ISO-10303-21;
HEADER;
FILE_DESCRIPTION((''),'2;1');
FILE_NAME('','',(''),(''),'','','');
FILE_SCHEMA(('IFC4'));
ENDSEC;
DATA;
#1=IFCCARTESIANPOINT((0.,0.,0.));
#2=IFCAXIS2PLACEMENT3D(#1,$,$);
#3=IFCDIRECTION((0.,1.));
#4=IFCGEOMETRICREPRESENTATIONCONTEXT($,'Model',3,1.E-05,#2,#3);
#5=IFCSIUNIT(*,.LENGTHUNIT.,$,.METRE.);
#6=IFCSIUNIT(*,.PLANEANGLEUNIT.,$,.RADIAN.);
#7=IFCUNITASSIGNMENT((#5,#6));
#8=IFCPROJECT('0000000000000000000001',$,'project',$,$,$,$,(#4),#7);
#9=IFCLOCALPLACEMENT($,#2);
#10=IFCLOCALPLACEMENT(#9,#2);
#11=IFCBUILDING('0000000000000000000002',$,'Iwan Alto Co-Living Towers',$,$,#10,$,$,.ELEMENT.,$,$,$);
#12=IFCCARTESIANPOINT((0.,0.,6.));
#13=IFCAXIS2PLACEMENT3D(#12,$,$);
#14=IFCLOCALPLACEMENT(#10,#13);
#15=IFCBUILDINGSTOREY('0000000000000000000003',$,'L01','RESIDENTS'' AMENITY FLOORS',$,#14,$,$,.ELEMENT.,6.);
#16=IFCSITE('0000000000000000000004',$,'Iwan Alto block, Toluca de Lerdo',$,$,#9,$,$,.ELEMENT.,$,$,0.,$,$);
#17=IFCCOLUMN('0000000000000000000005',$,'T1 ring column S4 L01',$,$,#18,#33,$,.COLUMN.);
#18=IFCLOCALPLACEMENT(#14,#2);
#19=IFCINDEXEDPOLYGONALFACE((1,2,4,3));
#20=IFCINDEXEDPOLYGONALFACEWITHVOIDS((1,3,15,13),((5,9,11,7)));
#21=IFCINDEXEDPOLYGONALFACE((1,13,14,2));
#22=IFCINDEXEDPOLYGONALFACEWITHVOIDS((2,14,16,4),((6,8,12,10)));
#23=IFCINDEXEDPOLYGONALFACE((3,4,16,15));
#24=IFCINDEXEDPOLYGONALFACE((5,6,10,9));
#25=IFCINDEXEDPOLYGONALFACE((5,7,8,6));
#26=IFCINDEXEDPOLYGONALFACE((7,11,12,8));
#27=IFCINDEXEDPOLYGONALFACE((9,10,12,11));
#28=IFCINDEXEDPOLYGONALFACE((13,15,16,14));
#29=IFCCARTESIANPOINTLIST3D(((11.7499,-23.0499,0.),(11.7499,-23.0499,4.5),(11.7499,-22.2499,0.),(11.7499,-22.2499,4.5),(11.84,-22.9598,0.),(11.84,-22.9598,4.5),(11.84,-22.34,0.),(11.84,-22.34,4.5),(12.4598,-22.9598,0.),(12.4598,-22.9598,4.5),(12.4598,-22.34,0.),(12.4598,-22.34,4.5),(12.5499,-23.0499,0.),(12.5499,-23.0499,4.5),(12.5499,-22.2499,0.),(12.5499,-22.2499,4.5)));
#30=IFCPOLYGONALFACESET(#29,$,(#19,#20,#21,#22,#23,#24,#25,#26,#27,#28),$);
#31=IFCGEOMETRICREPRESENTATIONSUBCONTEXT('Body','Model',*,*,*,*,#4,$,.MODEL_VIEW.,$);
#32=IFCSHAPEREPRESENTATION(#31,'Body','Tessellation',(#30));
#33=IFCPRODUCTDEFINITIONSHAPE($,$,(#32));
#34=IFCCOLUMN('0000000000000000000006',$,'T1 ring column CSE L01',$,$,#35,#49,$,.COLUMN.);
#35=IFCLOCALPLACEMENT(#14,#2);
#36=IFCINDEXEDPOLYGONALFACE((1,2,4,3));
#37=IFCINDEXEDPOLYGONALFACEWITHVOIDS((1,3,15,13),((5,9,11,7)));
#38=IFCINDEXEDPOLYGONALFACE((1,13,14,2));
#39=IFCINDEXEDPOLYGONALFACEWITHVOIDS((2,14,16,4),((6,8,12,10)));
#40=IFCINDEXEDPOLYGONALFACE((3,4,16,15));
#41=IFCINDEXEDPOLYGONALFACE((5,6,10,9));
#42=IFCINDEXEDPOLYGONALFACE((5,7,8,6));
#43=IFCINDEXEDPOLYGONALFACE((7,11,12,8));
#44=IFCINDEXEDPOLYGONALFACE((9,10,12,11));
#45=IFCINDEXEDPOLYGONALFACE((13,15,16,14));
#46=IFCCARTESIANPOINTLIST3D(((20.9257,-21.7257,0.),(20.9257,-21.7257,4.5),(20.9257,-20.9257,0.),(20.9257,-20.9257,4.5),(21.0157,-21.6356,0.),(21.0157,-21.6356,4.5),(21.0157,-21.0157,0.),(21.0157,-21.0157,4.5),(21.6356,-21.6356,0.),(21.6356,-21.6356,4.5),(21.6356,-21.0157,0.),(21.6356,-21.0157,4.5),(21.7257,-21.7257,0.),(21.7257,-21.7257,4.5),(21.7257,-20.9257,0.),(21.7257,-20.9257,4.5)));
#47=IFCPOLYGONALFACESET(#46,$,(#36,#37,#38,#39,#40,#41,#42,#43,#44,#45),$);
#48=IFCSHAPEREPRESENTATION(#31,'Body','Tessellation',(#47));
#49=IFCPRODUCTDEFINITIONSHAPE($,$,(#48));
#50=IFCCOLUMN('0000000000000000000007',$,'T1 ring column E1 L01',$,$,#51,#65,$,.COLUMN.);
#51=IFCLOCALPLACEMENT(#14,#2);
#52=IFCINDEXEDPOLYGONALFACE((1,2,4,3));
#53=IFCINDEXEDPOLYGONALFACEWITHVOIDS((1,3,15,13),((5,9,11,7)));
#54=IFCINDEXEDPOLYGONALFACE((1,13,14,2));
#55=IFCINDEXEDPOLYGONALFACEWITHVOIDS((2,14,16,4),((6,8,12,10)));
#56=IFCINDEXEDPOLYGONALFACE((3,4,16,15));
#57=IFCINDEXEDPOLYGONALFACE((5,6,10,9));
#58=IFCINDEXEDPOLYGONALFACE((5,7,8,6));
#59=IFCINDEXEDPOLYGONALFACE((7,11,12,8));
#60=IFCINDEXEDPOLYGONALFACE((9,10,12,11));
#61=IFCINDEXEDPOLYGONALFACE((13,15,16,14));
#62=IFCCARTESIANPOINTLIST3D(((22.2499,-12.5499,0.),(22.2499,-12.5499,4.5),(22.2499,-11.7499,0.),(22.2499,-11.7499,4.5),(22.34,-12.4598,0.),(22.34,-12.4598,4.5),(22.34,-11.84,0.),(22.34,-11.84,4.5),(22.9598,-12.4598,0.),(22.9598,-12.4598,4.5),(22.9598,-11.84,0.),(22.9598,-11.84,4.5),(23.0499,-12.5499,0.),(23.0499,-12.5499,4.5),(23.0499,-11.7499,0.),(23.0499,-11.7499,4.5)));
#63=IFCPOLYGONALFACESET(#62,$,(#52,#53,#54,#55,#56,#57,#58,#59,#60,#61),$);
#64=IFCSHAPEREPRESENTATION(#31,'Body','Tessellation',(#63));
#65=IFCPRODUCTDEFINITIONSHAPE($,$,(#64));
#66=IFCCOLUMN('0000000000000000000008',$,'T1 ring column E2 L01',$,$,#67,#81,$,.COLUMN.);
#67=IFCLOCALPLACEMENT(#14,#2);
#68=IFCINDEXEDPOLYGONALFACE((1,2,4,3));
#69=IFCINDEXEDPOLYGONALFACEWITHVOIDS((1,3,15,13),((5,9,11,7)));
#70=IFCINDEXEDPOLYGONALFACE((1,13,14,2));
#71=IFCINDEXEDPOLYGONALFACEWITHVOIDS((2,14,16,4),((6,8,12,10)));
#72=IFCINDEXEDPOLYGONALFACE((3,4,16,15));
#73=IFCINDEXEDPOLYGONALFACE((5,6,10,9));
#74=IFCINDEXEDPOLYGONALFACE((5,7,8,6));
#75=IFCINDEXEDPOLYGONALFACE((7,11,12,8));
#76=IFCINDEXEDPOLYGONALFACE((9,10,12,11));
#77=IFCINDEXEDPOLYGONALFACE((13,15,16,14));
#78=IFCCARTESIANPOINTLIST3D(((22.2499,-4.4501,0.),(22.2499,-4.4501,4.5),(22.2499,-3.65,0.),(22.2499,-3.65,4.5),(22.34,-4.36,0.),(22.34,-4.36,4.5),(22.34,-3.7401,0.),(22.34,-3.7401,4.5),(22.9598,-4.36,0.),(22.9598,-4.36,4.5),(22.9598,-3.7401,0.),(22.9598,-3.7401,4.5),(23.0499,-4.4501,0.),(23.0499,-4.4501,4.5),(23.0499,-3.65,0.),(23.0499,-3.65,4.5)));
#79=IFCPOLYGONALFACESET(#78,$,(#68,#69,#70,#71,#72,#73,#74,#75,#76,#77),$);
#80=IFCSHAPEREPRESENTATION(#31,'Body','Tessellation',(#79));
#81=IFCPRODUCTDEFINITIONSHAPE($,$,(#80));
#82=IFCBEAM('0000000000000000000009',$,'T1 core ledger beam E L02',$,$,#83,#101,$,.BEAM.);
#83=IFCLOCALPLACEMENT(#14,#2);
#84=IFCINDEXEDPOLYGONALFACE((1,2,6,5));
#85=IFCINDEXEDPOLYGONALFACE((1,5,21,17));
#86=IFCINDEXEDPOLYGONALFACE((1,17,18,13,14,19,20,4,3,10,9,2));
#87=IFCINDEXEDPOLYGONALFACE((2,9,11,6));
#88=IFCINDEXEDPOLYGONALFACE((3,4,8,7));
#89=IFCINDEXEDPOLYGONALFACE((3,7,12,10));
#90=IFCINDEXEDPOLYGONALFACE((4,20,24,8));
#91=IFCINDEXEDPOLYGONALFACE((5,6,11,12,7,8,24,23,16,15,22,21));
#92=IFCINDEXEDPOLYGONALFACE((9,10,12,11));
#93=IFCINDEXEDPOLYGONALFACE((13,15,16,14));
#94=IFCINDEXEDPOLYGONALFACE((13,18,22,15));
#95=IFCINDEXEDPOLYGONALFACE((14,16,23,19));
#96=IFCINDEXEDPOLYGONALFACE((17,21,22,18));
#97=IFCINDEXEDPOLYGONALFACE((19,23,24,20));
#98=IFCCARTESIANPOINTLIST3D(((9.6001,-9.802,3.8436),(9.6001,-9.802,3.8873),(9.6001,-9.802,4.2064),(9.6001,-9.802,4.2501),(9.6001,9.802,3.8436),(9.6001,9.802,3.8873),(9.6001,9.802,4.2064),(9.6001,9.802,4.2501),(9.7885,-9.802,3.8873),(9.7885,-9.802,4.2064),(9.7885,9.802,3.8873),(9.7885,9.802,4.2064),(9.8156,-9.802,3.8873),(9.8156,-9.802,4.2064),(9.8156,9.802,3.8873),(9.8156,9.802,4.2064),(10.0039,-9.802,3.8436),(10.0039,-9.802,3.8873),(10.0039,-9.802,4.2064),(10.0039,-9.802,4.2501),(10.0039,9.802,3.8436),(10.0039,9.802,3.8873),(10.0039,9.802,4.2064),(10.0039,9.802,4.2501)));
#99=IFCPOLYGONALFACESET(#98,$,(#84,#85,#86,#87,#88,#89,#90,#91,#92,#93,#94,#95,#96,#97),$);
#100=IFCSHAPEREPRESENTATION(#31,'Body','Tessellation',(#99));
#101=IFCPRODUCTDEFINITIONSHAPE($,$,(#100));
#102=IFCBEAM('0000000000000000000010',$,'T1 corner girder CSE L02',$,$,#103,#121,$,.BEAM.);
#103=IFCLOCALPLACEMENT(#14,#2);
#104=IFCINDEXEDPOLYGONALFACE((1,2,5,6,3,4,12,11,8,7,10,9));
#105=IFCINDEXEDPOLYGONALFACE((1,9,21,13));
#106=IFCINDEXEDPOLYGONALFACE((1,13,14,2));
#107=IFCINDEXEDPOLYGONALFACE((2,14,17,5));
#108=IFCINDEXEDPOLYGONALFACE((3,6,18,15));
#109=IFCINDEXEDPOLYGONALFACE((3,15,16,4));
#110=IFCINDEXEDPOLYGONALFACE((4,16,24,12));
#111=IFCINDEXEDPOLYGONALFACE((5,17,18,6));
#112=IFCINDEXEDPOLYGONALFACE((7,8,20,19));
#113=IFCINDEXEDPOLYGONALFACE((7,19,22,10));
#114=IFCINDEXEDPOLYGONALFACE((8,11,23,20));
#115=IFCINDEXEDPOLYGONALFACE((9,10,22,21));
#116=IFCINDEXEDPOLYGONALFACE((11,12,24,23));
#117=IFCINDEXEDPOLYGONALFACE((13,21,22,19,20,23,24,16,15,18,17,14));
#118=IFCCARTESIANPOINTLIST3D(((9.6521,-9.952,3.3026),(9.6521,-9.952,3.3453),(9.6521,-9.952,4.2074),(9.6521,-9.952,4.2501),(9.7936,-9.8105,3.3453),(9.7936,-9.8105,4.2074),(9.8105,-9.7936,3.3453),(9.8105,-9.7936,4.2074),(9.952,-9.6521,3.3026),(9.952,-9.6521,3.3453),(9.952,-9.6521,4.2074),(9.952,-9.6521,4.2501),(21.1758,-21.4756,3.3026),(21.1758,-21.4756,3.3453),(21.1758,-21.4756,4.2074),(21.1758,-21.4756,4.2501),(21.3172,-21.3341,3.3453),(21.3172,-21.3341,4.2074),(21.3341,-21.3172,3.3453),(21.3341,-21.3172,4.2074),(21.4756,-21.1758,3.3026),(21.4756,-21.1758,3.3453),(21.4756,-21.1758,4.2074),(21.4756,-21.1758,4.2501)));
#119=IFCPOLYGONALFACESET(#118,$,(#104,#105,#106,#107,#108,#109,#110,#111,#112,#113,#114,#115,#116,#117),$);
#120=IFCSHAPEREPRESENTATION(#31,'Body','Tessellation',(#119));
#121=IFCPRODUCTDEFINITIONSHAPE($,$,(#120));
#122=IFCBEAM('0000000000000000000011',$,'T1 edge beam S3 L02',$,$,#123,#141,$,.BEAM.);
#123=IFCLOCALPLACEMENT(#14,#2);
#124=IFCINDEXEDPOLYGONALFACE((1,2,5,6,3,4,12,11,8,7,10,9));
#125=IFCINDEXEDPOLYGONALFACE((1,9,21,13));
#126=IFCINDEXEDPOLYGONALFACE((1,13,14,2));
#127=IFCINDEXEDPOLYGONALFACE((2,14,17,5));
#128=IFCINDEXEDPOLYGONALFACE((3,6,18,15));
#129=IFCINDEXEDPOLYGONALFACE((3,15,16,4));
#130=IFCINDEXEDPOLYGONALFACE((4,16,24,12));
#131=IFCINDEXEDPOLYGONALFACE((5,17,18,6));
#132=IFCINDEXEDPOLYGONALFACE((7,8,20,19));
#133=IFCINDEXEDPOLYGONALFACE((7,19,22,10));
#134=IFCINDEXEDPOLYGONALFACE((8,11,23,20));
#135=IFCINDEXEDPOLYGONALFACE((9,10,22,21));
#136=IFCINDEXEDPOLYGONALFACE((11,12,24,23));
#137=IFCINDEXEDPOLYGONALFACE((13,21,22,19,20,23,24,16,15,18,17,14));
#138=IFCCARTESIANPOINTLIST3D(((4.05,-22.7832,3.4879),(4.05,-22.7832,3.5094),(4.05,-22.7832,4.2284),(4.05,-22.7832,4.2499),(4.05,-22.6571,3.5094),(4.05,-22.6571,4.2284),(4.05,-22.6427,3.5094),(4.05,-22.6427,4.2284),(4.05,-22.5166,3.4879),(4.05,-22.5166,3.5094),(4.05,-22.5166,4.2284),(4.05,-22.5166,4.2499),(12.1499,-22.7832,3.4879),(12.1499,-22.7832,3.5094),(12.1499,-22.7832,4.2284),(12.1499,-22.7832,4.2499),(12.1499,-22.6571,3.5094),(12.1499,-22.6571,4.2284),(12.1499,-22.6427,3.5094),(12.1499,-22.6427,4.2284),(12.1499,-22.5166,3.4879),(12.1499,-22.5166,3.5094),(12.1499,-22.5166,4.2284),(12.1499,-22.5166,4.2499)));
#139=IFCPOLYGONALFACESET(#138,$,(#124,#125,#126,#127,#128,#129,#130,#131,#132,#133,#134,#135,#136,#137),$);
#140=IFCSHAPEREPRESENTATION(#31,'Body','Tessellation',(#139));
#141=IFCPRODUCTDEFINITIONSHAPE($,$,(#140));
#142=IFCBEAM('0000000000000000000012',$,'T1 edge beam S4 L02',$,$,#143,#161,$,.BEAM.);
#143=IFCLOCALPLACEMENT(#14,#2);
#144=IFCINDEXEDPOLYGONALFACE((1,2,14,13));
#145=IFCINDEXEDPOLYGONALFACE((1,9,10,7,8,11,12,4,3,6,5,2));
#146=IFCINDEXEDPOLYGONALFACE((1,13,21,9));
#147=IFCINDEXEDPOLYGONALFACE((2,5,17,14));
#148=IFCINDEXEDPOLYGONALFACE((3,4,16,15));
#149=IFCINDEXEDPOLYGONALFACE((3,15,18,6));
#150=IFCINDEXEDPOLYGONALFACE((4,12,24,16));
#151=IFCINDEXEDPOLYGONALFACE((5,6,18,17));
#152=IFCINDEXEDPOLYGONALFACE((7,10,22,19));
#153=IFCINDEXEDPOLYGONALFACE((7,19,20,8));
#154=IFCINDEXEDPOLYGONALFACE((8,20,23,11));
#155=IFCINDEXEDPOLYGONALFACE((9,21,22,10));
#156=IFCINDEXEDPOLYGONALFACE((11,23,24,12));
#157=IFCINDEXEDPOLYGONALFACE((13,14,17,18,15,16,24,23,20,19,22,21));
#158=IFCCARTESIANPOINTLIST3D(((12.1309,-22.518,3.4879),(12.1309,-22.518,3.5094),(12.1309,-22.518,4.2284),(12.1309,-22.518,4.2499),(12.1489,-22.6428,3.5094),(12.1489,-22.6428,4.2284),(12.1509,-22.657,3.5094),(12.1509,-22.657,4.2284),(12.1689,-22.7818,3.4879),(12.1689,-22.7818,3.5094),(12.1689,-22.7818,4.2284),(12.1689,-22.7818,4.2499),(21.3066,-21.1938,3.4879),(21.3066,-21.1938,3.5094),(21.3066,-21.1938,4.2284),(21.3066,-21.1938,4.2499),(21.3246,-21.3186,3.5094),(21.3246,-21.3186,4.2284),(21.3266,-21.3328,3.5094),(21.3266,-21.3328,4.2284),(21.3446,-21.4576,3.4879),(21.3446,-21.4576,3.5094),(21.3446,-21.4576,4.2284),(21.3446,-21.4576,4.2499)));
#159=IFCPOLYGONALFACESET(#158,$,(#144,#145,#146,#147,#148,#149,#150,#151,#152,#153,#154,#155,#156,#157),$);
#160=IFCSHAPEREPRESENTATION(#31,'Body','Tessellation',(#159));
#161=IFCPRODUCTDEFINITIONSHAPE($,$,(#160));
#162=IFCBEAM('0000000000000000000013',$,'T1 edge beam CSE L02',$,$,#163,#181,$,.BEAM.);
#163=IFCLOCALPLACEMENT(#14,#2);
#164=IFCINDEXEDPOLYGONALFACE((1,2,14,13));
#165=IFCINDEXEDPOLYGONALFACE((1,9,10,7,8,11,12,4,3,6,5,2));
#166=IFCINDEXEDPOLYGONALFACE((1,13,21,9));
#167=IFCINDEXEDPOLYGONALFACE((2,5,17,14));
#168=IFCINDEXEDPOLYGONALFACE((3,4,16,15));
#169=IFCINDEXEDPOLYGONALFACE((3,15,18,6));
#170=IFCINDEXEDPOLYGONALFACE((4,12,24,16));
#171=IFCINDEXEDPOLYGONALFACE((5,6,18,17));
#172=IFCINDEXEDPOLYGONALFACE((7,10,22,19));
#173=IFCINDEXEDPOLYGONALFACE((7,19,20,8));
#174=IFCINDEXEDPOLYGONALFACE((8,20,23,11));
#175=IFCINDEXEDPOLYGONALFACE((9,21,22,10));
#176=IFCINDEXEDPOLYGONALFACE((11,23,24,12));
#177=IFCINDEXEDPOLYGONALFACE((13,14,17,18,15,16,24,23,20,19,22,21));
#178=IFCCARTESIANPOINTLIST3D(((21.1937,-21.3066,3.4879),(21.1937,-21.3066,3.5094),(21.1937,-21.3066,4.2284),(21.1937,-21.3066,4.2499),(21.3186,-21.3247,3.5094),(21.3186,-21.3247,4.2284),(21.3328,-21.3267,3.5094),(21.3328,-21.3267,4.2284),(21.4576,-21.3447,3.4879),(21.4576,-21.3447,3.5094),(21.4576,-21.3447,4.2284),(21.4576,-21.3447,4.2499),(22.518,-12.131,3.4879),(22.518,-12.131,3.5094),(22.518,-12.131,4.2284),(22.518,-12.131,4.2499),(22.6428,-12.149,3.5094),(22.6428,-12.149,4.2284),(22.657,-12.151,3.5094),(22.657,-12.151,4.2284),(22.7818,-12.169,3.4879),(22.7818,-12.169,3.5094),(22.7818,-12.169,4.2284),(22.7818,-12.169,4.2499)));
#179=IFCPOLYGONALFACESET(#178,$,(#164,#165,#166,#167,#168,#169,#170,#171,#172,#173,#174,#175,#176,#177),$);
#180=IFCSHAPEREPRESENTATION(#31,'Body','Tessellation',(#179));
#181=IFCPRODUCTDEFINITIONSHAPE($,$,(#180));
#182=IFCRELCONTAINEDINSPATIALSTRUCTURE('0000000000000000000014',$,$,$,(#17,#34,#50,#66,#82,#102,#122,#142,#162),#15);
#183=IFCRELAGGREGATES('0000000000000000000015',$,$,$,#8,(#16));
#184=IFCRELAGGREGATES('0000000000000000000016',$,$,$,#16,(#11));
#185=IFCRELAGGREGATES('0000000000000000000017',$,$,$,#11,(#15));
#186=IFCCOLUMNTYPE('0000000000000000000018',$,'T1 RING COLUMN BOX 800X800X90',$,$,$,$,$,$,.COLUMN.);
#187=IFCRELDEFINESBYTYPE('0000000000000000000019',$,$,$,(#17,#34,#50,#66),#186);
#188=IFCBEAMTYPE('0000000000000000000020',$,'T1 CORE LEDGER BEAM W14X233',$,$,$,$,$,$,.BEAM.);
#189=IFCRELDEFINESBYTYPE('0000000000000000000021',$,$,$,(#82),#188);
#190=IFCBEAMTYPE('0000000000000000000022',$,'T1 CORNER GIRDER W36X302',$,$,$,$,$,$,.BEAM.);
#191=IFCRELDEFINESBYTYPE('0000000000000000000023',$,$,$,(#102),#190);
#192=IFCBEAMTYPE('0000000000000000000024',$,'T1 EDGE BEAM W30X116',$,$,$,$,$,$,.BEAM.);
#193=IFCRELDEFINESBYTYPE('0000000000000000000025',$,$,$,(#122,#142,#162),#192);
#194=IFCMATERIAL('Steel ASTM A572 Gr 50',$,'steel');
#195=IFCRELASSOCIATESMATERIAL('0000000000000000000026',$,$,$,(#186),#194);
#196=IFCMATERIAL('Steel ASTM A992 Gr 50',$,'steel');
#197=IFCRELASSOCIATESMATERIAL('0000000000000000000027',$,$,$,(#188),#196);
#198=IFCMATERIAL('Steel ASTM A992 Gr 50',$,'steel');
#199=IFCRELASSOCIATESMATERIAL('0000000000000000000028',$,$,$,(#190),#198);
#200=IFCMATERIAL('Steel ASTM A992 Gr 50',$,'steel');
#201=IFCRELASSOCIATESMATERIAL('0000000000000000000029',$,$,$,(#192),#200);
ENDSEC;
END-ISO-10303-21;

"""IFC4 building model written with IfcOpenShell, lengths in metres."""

from ifc_helpers import new_model, si_unit, direction, frame, origin, origin_2d, place, context, subcontext, project, spatial, hollow_rectangle, i_section, extrude, material, material_profile, profile_set, type_object, element, save


model = new_model("IFC4")

# Units and contexts
model_context = context("Model", 3, precision=1e-05, world=origin(), true_north=direction((0.0, 1.0)))
body_context = subcontext(model_context, "Body", "Model", "MODEL_VIEW")
ifc_project = project(units=[si_unit("LENGTHUNIT", "METRE"), si_unit("PLANEANGLEUNIT", "RADIAN")], contexts=[model_context])

# Site, building, storey
site_placement = place(None, origin())
site = spatial("IfcSite", under=ifc_project, at=site_placement, Name="Iwan Alto block, Toluca de Lerdo", CompositionType="ELEMENT", RefElevation=0.0)
building_placement = place(site_placement, origin())
building = spatial("IfcBuilding", under=site, at=building_placement, Name="Iwan Alto Co-Living Towers", CompositionType="ELEMENT")
storey_placement = place(building_placement, frame((0.0, 0.0, 6.0)))
storey = spatial("IfcBuildingStorey", under=building, at=storey_placement, Name="L01", Description="RESIDENTS' AMENITY FLOORS", CompositionType="ELEMENT", Elevation=6.0)

# Columns
ifc_material_1 = material(Name="Steel ASTM A572 Gr 50", Category="steel")
ifc_material_profile_1 = material_profile(ifc_material_1, hollow_rectangle(XDim=0.8, YDim=0.8, WallThickness=0.0901, at=origin_2d()), Name="BOX 800X800X90")
ifc_profile_set_1 = profile_set([ifc_material_profile_1], Name="Steel ASTM A572 Gr 50")
column_type = type_object("IfcColumnType", Name="T1 RING COLUMN BOX 800X800X90", PredefinedType="COLUMN", material=ifc_profile_set_1)
for number, where, z_axis, x_axis, name in (
    (1, (12.1499, -22.6499, 0.0), (0.0, 0.0, 1.0), (1.0, 0.0, 0.0), "T1 ring column S4 L01"),
    (2, (21.3257, -21.3257, 0.0), (0.0, 0.0, 1.0), (1.0, 0.0, 0.0), "T1 ring column CSE L01"),
    (3, (22.6499, -12.1499, 0.0), (0.0, 0.0, 1.0), (1.0, 0.0, 0.0), "T1 ring column E1 L01"),
    (4, (22.6499, -4.05, 0.0), (0.0, 0.0, 1.0), (1.0, 0.0, 0.0), "T1 ring column E2 L01"),
):
    element("IfcColumn", number, at=place(storey_placement, frame(where, z_axis=z_axis, x_axis=x_axis)), inside=storey, type_object=column_type, Name=name, PredefinedType="COLUMN", context=body_context, shape_type="SweptSolid", body=[
        extrude(hollow_rectangle(XDim=0.8, YDim=0.8, WallThickness=0.0901, at=origin_2d()), origin(), (0.0, 0.0, 1.0), 4.5),
    ])

# Beams
ifc_material_2 = material(Name="Steel ASTM A992 Gr 50", Category="steel")
ifc_material_profile_2 = material_profile(ifc_material_2, i_section(OverallWidth=0.4038, OverallDepth=0.4065, WebThickness=0.0271, FlangeThickness=0.0437, at=origin_2d()), Name="W14X233")
ifc_profile_set_2 = profile_set([ifc_material_profile_2], Name="Steel ASTM A992 Gr 50")
beam_type_1 = type_object("IfcBeamType", Name="T1 CORE LEDGER BEAM W14X233", PredefinedType="BEAM", material=ifc_profile_set_2)
beam_1_placement = place(storey_placement, frame((9.802, -9.802, 4.0469), z_axis=(0.0, 1.0, 0.0), x_axis=(-1.0, 0.0, 0.0)))
element("IfcBeam", 5, at=beam_1_placement, inside=storey, type_object=beam_type_1, Name="T1 core ledger beam E L02", PredefinedType="BEAM", context=body_context, shape_type="SweptSolid", body=[
    extrude(i_section(OverallWidth=0.4038, OverallDepth=0.4065, WebThickness=0.0271, FlangeThickness=0.0437, at=origin_2d()), origin(), (0.0, 0.0, 1.0), 19.604),
])
ifc_material_3 = material(Name="Steel ASTM A992 Gr 50", Category="steel")
ifc_material_profile_3 = material_profile(ifc_material_3, i_section(OverallWidth=0.4241, OverallDepth=0.9475, WebThickness=0.0239, FlangeThickness=0.0427, at=origin_2d()), Name="W36X302")
ifc_profile_set_3 = profile_set([ifc_material_profile_3], Name="Steel ASTM A992 Gr 50")
beam_type_2 = type_object("IfcBeamType", Name="T1 CORNER GIRDER W36X302", PredefinedType="BEAM", material=ifc_profile_set_3)
beam_2_placement = place(storey_placement, frame((21.3257, -21.3257, 3.7764), z_axis=(-0.707107, 0.707107, 0.0), x_axis=(-0.707107, -0.707107, 0.0)))
element("IfcBeam", 6, at=beam_2_placement, inside=storey, type_object=beam_type_2, Name="T1 corner girder CSE L02", PredefinedType="BEAM", context=body_context, shape_type="SweptSolid", body=[
    extrude(i_section(OverallWidth=0.4241, OverallDepth=0.9475, WebThickness=0.0239, FlangeThickness=0.0427, at=origin_2d()), origin(), (0.0, 0.0, 1.0), 16.2969),
])
ifc_material_4 = material(Name="Steel ASTM A992 Gr 50", Category="steel")
ifc_material_profile_4 = material_profile(ifc_material_4, i_section(OverallWidth=0.2666, OverallDepth=0.762, WebThickness=0.0144, FlangeThickness=0.0215, at=origin_2d()), Name="W30X116")
ifc_profile_set_4 = profile_set([ifc_material_profile_4], Name="Steel ASTM A992 Gr 50")
beam_type_3 = type_object("IfcBeamType", Name="T1 EDGE BEAM W30X116", PredefinedType="BEAM", material=ifc_profile_set_4)
beam_3_placement = place(storey_placement, frame((4.05, -22.6499, 3.8689), z_axis=(1.0, 0.0, 0.0), x_axis=(0.0, 1.0, 0.0)))
element("IfcBeam", 7, at=beam_3_placement, inside=storey, type_object=beam_type_3, Name="T1 edge beam S3 L02", PredefinedType="BEAM", context=body_context, shape_type="SweptSolid", body=[
    extrude(i_section(OverallWidth=0.2666, OverallDepth=0.762, WebThickness=0.0144, FlangeThickness=0.0215, at=origin_2d()), origin(), (0.0, 0.0, 1.0), 8.0999),
])
for number, where, z_axis, x_axis, name in (
    (8, (12.1499, -22.6499, 3.8689), (0.989746, 0.142837, 0.0), (-0.142837, 0.989746, 0.0), "T1 edge beam S4 L02"),
    (9, (21.3257, -21.3257, 3.8689), (0.142837, 0.989746, 0.0), (-0.989746, 0.142837, 0.0), "T1 edge beam CSE L02"),
):
    element("IfcBeam", number, at=place(storey_placement, frame(where, z_axis=z_axis, x_axis=x_axis)), inside=storey, type_object=beam_type_3, Name=name, PredefinedType="BEAM", context=body_context, shape_type="SweptSolid", body=[
        extrude(i_section(OverallWidth=0.2666, OverallDepth=0.762, WebThickness=0.0144, FlangeThickness=0.0215, at=origin_2d()), origin(), (0.0, 0.0, 1.0), 9.2708),
    ])

save(model, "model.ifc")
